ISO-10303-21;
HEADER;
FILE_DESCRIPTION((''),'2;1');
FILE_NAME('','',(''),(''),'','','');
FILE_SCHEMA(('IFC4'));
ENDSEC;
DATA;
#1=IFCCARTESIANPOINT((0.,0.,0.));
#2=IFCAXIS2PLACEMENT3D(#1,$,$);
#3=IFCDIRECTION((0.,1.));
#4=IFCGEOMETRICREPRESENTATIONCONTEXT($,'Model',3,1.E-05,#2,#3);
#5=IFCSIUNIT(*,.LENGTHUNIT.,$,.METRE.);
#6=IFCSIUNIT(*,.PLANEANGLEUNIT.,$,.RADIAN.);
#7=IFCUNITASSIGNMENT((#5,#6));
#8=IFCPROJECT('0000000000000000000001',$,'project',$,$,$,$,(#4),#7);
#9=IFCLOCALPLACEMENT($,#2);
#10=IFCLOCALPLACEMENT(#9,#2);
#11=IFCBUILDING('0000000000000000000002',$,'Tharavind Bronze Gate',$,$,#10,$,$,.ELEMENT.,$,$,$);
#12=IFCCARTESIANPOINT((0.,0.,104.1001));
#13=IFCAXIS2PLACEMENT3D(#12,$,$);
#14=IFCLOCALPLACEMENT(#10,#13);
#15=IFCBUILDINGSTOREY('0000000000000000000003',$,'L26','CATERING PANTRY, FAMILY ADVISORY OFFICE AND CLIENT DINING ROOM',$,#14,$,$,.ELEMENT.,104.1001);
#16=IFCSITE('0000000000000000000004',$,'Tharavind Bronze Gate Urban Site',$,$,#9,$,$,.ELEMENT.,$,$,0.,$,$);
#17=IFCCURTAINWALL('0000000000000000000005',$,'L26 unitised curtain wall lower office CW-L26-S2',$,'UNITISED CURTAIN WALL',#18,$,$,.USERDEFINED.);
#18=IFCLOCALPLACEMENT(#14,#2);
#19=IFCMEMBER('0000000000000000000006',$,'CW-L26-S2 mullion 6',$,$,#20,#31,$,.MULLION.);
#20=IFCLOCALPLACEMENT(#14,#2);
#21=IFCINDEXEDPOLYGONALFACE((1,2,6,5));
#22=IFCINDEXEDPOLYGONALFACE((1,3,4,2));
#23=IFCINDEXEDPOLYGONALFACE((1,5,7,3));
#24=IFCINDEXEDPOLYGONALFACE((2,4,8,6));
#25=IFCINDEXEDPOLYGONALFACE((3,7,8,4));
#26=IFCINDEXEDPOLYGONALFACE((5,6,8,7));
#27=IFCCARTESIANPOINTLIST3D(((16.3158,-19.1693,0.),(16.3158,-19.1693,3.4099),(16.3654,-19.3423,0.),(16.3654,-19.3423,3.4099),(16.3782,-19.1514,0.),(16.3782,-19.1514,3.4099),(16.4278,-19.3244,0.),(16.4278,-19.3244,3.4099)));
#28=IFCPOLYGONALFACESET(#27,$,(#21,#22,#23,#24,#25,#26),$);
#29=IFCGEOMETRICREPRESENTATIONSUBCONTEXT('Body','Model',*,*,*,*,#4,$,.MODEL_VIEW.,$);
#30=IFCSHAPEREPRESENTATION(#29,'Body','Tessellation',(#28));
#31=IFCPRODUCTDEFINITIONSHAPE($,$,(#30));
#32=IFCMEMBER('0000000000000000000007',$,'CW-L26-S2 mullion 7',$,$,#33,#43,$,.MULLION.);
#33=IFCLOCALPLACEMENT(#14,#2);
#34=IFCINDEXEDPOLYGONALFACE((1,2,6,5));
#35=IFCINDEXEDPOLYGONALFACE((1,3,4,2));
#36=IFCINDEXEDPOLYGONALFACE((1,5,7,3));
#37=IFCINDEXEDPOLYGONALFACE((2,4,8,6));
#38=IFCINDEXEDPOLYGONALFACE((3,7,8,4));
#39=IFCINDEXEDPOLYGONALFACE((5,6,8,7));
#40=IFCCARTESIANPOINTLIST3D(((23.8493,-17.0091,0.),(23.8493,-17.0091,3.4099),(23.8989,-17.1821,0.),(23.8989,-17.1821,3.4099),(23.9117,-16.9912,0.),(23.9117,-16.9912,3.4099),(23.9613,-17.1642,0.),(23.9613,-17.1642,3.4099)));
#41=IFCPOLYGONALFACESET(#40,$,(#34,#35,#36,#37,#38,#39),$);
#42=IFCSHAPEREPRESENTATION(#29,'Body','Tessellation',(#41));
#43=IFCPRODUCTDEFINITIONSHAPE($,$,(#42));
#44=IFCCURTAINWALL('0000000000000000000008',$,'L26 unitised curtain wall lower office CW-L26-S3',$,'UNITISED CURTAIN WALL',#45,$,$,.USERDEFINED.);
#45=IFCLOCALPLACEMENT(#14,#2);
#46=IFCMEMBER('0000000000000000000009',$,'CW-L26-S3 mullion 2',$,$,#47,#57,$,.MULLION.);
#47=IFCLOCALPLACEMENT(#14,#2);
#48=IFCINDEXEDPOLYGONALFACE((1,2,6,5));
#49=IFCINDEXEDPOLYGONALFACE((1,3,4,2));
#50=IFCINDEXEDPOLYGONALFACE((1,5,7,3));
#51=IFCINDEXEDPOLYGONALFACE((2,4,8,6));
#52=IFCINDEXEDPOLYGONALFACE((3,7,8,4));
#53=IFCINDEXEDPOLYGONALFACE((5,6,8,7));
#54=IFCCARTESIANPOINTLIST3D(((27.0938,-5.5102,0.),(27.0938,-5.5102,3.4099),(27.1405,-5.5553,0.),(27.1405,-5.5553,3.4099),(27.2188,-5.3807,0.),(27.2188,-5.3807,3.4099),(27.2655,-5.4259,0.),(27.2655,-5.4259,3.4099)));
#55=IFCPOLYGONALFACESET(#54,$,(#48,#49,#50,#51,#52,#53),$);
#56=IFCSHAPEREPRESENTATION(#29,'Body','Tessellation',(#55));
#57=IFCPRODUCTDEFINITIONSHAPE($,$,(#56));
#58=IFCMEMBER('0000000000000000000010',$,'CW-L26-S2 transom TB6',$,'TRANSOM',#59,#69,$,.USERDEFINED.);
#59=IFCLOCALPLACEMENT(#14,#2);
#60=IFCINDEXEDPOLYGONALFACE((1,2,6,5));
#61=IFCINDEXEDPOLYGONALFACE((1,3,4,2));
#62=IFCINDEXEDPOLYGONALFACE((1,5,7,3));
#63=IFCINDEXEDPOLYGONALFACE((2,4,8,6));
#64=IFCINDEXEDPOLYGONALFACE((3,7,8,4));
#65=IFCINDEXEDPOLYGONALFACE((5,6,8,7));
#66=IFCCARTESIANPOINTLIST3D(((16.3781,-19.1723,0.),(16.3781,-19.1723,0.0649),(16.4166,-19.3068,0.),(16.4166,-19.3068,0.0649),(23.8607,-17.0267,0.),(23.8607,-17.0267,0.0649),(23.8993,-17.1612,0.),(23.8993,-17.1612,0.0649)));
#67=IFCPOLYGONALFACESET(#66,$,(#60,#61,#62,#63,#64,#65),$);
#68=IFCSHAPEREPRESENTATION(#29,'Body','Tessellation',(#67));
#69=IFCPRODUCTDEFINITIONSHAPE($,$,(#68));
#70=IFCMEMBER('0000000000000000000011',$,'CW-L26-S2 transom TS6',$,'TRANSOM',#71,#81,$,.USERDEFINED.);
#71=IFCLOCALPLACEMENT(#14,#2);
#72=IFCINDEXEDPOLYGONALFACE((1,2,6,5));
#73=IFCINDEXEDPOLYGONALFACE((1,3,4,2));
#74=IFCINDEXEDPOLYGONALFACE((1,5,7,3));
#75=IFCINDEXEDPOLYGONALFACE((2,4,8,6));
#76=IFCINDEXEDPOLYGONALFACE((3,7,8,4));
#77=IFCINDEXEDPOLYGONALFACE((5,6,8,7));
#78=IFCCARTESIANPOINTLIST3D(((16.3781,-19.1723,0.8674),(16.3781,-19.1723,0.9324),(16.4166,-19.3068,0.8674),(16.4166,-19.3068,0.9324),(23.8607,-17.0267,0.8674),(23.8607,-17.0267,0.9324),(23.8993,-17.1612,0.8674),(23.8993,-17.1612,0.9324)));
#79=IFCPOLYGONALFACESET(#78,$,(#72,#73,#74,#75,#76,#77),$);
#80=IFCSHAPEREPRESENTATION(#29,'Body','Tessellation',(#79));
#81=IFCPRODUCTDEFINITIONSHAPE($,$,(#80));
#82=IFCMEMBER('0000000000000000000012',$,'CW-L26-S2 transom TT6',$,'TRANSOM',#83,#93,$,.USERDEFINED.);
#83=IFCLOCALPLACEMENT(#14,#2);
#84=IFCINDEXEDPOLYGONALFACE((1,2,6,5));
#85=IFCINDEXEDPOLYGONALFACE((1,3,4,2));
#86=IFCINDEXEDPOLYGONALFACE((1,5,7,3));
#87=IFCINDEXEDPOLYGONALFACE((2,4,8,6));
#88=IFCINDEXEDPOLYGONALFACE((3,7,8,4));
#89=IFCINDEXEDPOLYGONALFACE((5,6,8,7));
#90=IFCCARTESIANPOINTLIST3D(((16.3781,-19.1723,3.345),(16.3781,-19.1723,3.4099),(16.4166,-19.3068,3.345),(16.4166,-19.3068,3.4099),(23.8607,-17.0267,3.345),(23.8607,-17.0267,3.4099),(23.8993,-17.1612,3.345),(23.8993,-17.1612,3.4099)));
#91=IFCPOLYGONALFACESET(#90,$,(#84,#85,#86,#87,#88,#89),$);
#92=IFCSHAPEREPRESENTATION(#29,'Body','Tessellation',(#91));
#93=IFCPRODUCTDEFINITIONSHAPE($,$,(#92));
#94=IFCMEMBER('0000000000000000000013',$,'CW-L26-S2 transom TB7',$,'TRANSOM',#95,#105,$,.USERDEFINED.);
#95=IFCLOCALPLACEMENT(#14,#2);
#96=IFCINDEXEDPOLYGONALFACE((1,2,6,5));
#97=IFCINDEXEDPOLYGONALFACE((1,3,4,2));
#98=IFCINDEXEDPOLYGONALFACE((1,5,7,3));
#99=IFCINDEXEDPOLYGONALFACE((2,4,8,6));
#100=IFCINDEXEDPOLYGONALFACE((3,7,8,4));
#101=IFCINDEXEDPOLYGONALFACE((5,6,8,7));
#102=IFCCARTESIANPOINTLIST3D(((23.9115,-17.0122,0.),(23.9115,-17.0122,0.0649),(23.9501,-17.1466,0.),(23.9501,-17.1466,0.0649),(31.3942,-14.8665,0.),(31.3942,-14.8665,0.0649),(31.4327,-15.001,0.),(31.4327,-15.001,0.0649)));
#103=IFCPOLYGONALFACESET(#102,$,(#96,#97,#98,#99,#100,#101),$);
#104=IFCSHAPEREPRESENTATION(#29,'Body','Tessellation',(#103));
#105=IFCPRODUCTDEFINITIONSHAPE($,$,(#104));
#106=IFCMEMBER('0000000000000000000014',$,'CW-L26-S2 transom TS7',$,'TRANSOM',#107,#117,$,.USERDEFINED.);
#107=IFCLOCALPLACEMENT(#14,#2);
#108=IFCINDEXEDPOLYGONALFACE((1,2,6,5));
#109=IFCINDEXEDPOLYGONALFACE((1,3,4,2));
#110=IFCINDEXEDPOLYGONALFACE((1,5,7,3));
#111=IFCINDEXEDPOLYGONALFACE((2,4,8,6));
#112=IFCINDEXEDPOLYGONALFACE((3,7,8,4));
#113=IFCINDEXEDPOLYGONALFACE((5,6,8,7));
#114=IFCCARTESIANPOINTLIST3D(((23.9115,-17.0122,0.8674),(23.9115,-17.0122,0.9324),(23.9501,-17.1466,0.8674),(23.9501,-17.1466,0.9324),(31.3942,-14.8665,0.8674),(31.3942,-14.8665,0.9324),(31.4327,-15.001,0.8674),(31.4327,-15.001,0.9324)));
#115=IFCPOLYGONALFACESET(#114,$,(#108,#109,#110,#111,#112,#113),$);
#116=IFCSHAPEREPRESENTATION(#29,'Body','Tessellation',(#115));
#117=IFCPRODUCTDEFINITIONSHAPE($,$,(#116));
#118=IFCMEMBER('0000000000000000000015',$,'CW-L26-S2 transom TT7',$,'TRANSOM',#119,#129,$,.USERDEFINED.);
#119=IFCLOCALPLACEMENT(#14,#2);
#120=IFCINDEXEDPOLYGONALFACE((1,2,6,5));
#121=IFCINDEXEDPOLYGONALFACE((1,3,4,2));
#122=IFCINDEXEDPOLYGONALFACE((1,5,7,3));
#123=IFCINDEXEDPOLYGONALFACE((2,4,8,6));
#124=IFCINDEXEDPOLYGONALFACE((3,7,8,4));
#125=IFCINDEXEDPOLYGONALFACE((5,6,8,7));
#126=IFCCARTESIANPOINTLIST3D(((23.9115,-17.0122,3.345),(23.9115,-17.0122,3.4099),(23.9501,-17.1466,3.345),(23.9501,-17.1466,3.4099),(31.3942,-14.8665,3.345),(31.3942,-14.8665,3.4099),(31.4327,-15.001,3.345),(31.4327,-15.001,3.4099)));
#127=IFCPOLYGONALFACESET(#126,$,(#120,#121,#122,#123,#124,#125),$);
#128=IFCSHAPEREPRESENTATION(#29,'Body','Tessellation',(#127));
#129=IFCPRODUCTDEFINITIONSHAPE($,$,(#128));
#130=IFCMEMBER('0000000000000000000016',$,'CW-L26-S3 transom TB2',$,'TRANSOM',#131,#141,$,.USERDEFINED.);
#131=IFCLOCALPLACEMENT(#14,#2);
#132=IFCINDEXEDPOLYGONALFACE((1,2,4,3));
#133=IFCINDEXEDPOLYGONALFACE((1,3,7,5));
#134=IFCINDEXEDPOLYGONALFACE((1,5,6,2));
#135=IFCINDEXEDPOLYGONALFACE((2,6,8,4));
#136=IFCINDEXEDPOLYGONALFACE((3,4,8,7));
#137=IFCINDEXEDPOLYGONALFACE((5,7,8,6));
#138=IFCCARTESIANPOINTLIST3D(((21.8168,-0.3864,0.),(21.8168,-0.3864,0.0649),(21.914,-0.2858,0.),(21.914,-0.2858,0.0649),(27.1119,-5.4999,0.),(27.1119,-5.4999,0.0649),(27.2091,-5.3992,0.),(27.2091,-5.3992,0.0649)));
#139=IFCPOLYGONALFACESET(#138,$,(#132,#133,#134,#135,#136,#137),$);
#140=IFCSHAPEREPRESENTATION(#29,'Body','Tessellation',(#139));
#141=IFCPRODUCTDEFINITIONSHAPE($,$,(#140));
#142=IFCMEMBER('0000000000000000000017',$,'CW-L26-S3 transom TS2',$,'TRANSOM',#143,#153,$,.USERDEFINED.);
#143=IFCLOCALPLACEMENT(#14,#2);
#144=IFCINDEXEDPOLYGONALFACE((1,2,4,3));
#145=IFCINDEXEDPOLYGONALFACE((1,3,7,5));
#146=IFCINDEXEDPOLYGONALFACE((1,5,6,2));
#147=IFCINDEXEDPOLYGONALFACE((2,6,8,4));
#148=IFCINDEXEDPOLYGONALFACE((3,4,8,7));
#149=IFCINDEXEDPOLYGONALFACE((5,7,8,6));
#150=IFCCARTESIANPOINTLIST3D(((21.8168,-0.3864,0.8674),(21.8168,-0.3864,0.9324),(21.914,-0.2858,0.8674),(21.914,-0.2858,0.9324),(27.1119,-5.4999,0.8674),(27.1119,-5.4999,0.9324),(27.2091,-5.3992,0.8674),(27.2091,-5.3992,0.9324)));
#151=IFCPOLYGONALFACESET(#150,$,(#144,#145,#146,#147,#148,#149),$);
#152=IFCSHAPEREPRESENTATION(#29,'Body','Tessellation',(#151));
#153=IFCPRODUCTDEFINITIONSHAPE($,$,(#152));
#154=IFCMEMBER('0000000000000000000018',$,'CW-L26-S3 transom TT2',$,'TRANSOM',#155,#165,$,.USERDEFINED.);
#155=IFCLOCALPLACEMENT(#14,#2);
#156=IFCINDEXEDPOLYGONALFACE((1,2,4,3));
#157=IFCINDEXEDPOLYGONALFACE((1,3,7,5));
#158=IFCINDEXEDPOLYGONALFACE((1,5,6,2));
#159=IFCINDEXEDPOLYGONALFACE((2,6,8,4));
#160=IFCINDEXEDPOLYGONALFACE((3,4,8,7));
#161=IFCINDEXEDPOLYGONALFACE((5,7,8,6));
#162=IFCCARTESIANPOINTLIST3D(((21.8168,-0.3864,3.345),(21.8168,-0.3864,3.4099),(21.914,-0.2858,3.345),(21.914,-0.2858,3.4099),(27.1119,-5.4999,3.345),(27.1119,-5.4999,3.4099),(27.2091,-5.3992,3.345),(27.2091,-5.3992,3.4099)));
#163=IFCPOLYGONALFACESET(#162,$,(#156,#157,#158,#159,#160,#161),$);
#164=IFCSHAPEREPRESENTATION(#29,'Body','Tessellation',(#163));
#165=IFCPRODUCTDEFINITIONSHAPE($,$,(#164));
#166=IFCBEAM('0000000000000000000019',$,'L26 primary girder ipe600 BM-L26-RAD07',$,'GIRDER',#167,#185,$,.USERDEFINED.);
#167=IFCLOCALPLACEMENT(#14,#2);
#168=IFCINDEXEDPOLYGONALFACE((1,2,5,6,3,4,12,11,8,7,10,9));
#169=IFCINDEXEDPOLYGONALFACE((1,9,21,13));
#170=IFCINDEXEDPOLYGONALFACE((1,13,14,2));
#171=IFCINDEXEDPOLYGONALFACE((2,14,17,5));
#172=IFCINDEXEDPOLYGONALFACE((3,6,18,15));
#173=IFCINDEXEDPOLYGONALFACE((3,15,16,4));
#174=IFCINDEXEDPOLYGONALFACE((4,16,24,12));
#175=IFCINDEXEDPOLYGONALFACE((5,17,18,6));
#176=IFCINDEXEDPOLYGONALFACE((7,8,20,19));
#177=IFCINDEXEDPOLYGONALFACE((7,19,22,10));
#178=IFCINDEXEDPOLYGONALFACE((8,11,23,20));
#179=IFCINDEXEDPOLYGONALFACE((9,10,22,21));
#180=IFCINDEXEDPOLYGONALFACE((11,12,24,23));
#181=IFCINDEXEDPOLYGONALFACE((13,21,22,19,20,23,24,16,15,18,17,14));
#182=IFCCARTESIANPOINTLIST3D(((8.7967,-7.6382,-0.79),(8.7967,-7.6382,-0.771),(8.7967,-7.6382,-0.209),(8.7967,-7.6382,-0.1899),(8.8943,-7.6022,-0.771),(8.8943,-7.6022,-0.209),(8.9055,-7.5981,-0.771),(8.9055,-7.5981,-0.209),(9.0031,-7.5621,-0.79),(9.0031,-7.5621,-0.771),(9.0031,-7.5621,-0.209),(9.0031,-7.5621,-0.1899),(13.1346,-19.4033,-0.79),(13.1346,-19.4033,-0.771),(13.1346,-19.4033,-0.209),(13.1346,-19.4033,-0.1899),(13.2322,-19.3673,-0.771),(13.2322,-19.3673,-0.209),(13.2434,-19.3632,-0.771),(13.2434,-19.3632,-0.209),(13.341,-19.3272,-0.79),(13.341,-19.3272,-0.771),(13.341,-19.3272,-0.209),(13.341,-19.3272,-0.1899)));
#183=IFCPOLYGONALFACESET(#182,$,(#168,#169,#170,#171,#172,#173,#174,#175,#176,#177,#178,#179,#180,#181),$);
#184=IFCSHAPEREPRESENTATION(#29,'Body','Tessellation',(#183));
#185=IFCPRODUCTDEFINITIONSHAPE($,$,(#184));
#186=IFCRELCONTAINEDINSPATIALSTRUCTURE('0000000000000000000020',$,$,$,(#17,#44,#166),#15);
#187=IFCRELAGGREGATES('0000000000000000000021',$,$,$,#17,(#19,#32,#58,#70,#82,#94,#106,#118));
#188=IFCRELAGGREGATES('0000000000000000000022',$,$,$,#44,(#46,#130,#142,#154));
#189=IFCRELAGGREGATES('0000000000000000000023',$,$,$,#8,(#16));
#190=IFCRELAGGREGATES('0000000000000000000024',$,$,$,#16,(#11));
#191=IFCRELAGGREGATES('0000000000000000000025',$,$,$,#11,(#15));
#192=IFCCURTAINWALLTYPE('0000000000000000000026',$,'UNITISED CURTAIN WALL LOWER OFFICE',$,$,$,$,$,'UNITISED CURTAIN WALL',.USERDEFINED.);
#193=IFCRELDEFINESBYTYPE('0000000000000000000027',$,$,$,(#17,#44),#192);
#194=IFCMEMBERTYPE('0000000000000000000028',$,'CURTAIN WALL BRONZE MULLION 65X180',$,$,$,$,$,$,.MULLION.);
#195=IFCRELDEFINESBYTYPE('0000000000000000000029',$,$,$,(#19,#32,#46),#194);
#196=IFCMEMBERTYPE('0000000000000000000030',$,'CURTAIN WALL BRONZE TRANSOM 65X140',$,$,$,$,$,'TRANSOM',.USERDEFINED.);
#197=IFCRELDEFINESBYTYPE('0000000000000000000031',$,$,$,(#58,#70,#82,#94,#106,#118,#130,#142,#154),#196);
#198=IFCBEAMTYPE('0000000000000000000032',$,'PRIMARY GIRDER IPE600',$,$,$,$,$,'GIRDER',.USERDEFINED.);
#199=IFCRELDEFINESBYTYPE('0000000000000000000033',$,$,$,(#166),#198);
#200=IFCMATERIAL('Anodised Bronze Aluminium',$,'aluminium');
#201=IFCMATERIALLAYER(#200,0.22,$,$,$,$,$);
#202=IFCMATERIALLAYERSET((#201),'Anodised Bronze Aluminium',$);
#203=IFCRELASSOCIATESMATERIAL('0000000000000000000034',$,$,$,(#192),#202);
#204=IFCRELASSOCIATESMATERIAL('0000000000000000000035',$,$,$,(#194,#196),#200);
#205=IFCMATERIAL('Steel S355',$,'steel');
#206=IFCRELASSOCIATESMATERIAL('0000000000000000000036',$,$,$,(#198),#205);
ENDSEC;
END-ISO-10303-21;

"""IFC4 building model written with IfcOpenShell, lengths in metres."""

from ifc_helpers import new_model, si_unit, direction, frame, origin, origin_2d, place, context, subcontext, project, spatial, rectangle, i_section, extrude, material, layer, layer_set, material_profile, profile_set, type_object, element, aggregate, save


model = new_model("IFC4")

# Units and contexts
model_context = context("Model", 3, precision=1e-05, world=origin(), true_north=direction((0.0, 1.0)))
body_context = subcontext(model_context, "Body", "Model", "MODEL_VIEW")
ifc_project = project(units=[si_unit("LENGTHUNIT", "METRE"), si_unit("PLANEANGLEUNIT", "RADIAN")], contexts=[model_context])

# Site, building, storey
site_placement = place(None, origin())
site = spatial("IfcSite", under=ifc_project, at=site_placement, Name="Tharavind Bronze Gate Urban Site", CompositionType="ELEMENT", RefElevation=0.0)
building_placement = place(site_placement, origin())
building = spatial("IfcBuilding", under=site, at=building_placement, Name="Tharavind Bronze Gate", CompositionType="ELEMENT")
storey_placement = place(building_placement, frame((0.0, 0.0, 104.1001)))
storey = spatial("IfcBuildingStorey", under=building, at=storey_placement, Name="L26", Description="CATERING PANTRY, FAMILY ADVISORY OFFICE AND CLIENT DINING ROOM", CompositionType="ELEMENT", Elevation=104.1001)

# Curtain wall, members
ifc_material_1 = material(Name="Anodised Bronze Aluminium", Category="aluminium")
ifc_layer_1 = layer(ifc_material_1, 0.22)
ifc_layer_set_1 = layer_set([ifc_layer_1], Name="Anodised Bronze Aluminium")
curtain_wall_type = type_object("IfcCurtainWallType", Name="UNITISED CURTAIN WALL LOWER OFFICE", ElementType="UNITISED CURTAIN WALL", PredefinedType="USERDEFINED", material=ifc_layer_set_1)
curtain_wall_1_placement = place(storey_placement, origin())
curtain_wall_1 = element("IfcCurtainWall", 1, at=curtain_wall_1_placement, inside=storey, type_object=curtain_wall_type, Name="L26 unitised curtain wall lower office CW-L26-S2", ObjectType="UNITISED CURTAIN WALL", PredefinedType="USERDEFINED")
member_type_1 = type_object("IfcMemberType", Name="CURTAIN WALL BRONZE MULLION 65X180", PredefinedType="MULLION", material=ifc_material_1)
member_1_placement = place(storey_placement, frame((16.3718, -19.2468, 0.0), z_axis=(0.0, 0.0, 1.0), x_axis=(0.961262, 0.275637, 0.0)))
member_1 = element("IfcMember", 2, at=member_1_placement, type_object=member_type_1, Name="CW-L26-S2 mullion 6", PredefinedType="MULLION", context=body_context, shape_type="SweptSolid", body=[
    extrude(rectangle(XDim=0.0649, YDim=0.1799, at=origin_2d()), origin(), (0.0, 0.0, 1.0), 3.4099),
])
member_2_placement = place(storey_placement, frame((23.9053, -17.0867, 0.0), z_axis=(0.0, 0.0, 1.0), x_axis=(0.961262, 0.275637, 0.0)))
member_2 = element("IfcMember", 3, at=member_2_placement, type_object=member_type_1, Name="CW-L26-S2 mullion 7", PredefinedType="MULLION", context=body_context, shape_type="SweptSolid", body=[
    extrude(rectangle(XDim=0.0649, YDim=0.1799, at=origin_2d()), origin(), (0.0, 0.0, 1.0), 3.4099),
])

# Curtain wall, member
curtain_wall_2_placement = place(storey_placement, origin())
curtain_wall_2 = element("IfcCurtainWall", 4, at=curtain_wall_2_placement, inside=storey, type_object=curtain_wall_type, Name="L26 unitised curtain wall lower office CW-L26-S3", ObjectType="UNITISED CURTAIN WALL", PredefinedType="USERDEFINED")
member_3_placement = place(storey_placement, frame((27.1797, -5.468, 0.0), z_axis=(0.0, 0.0, 1.0), x_axis=(-0.719341, 0.694657, 0.0)))
member_3 = element("IfcMember", 5, at=member_3_placement, type_object=member_type_1, Name="CW-L26-S3 mullion 2", PredefinedType="MULLION", context=body_context, shape_type="SweptSolid", body=[
    extrude(rectangle(XDim=0.0649, YDim=0.1799, at=origin_2d()), origin(), (0.0, 0.0, 1.0), 3.4099),
])

# Members
member_type_2 = type_object("IfcMemberType", Name="CURTAIN WALL BRONZE TRANSOM 65X140", ElementType="TRANSOM", PredefinedType="USERDEFINED", material=ifc_material_1)
member_4_placement = place(storey_placement, frame((20.1387, -18.1667, 0.0), z_axis=(0.0, 0.0, 1.0), x_axis=(0.961262, 0.275637, 0.0)))
member_4 = element("IfcMember", 6, at=member_4_placement, type_object=member_type_2, Name="CW-L26-S2 transom TB6", ObjectType="TRANSOM", PredefinedType="USERDEFINED", context=body_context, shape_type="SweptSolid", body=[
    extrude(rectangle(XDim=7.7842, YDim=0.1399, at=origin_2d()), origin(), (0.0, 0.0, 1.0), 0.0649),
])
member_5_placement = place(storey_placement, frame((20.1387, -18.1667, 0.8674), z_axis=(0.0, 0.0, 1.0), x_axis=(0.961262, 0.275637, 0.0)))
member_5 = element("IfcMember", 7, at=member_5_placement, type_object=member_type_2, Name="CW-L26-S2 transom TS6", ObjectType="TRANSOM", PredefinedType="USERDEFINED", context=body_context, shape_type="SweptSolid", body=[
    extrude(rectangle(XDim=7.7842, YDim=0.1399, at=origin_2d()), origin(), (0.0, 0.0, 1.0), 0.0649),
])
member_6_placement = place(storey_placement, frame((20.1387, -18.1667, 3.345), z_axis=(0.0, 0.0, 1.0), x_axis=(0.961262, 0.275637, 0.0)))
member_6 = element("IfcMember", 8, at=member_6_placement, type_object=member_type_2, Name="CW-L26-S2 transom TT6", ObjectType="TRANSOM", PredefinedType="USERDEFINED", context=body_context, shape_type="SweptSolid", body=[
    extrude(rectangle(XDim=7.7842, YDim=0.1399, at=origin_2d()), origin(), (0.0, 0.0, 1.0), 0.0649),
])
member_7_placement = place(storey_placement, frame((27.6721, -16.0066, 0.0), z_axis=(0.0, 0.0, 1.0), x_axis=(0.961262, 0.275637, 0.0)))
member_7 = element("IfcMember", 9, at=member_7_placement, type_object=member_type_2, Name="CW-L26-S2 transom TB7", ObjectType="TRANSOM", PredefinedType="USERDEFINED", context=body_context, shape_type="SweptSolid", body=[
    extrude(rectangle(XDim=7.7842, YDim=0.1399, at=origin_2d()), origin(), (0.0, 0.0, 1.0), 0.0649),
])
member_8_placement = place(storey_placement, frame((27.6721, -16.0066, 0.8674), z_axis=(0.0, 0.0, 1.0), x_axis=(0.961262, 0.275637, 0.0)))
member_8 = element("IfcMember", 10, at=member_8_placement, type_object=member_type_2, Name="CW-L26-S2 transom TS7", ObjectType="TRANSOM", PredefinedType="USERDEFINED", context=body_context, shape_type="SweptSolid", body=[
    extrude(rectangle(XDim=7.7842, YDim=0.1399, at=origin_2d()), origin(), (0.0, 0.0, 1.0), 0.0649),
])
member_9_placement = place(storey_placement, frame((27.6721, -16.0066, 3.345), z_axis=(0.0, 0.0, 1.0), x_axis=(0.961262, 0.275637, 0.0)))
member_9 = element("IfcMember", 11, at=member_9_placement, type_object=member_type_2, Name="CW-L26-S2 transom TT7", ObjectType="TRANSOM", PredefinedType="USERDEFINED", context=body_context, shape_type="SweptSolid", body=[
    extrude(rectangle(XDim=7.7842, YDim=0.1399, at=origin_2d()), origin(), (0.0, 0.0, 1.0), 0.0649),
])
member_10_placement = place(storey_placement, frame((24.5129, -2.8928, 0.0), z_axis=(0.0, 0.0, 1.0), x_axis=(-0.719341, 0.694657, 0.0)))
member_10 = element("IfcMember", 12, at=member_10_placement, type_object=member_type_2, Name="CW-L26-S3 transom TB2", ObjectType="TRANSOM", PredefinedType="USERDEFINED", context=body_context, shape_type="SweptSolid", body=[
    extrude(rectangle(XDim=7.3611, YDim=0.1399, at=origin_2d()), origin(), (0.0, 0.0, 1.0), 0.0649),
])
member_11_placement = place(storey_placement, frame((24.5129, -2.8928, 0.8674), z_axis=(0.0, 0.0, 1.0), x_axis=(-0.719341, 0.694657, 0.0)))
member_11 = element("IfcMember", 13, at=member_11_placement, type_object=member_type_2, Name="CW-L26-S3 transom TS2", ObjectType="TRANSOM", PredefinedType="USERDEFINED", context=body_context, shape_type="SweptSolid", body=[
    extrude(rectangle(XDim=7.3611, YDim=0.1399, at=origin_2d()), origin(), (0.0, 0.0, 1.0), 0.0649),
])
member_12_placement = place(storey_placement, frame((24.5129, -2.8928, 3.345), z_axis=(0.0, 0.0, 1.0), x_axis=(-0.719341, 0.694657, 0.0)))
member_12 = element("IfcMember", 14, at=member_12_placement, type_object=member_type_2, Name="CW-L26-S3 transom TT2", ObjectType="TRANSOM", PredefinedType="USERDEFINED", context=body_context, shape_type="SweptSolid", body=[
    extrude(rectangle(XDim=7.3611, YDim=0.1399, at=origin_2d()), origin(), (0.0, 0.0, 1.0), 0.0649),
])

# Beam
ifc_material_2 = material(Name="Steel S355", Category="steel")
ifc_material_profile_1 = material_profile(ifc_material_2, i_section(OverallWidth=0.22, OverallDepth=0.6001, WebThickness=0.012, FlangeThickness=0.019, at=origin_2d()), Name="IPE600")
ifc_profile_set_1 = profile_set([ifc_material_profile_1], Name="Steel S355")
beam_type_1 = type_object("IfcBeamType", Name="PRIMARY GIRDER IPE600", ElementType="GIRDER", PredefinedType="USERDEFINED", material=ifc_profile_set_1)
beam_1_placement = place(storey_placement, frame((13.2378, -19.3652, -0.49), z_axis=(-0.345942, 0.938256, 0.0), x_axis=(-0.938256, -0.345942, 0.0)))
element("IfcBeam", 15, at=beam_1_placement, inside=storey, type_object=beam_type_1, Name="L26 primary girder ipe600 BM-L26-RAD07", ObjectType="GIRDER", PredefinedType="USERDEFINED", context=body_context, shape_type="SweptSolid", body=[
    extrude(i_section(OverallWidth=0.22, OverallDepth=0.6001, WebThickness=0.012, FlangeThickness=0.019, at=origin_2d()), origin(), (0.0, 0.0, 1.0), 12.5393),
])

aggregate(curtain_wall_1, [member_1, member_2, member_4, member_5, member_6, member_7, member_8, member_9])
aggregate(curtain_wall_2, [member_3, member_10, member_11, member_12])

save(model, "model.ifc")
